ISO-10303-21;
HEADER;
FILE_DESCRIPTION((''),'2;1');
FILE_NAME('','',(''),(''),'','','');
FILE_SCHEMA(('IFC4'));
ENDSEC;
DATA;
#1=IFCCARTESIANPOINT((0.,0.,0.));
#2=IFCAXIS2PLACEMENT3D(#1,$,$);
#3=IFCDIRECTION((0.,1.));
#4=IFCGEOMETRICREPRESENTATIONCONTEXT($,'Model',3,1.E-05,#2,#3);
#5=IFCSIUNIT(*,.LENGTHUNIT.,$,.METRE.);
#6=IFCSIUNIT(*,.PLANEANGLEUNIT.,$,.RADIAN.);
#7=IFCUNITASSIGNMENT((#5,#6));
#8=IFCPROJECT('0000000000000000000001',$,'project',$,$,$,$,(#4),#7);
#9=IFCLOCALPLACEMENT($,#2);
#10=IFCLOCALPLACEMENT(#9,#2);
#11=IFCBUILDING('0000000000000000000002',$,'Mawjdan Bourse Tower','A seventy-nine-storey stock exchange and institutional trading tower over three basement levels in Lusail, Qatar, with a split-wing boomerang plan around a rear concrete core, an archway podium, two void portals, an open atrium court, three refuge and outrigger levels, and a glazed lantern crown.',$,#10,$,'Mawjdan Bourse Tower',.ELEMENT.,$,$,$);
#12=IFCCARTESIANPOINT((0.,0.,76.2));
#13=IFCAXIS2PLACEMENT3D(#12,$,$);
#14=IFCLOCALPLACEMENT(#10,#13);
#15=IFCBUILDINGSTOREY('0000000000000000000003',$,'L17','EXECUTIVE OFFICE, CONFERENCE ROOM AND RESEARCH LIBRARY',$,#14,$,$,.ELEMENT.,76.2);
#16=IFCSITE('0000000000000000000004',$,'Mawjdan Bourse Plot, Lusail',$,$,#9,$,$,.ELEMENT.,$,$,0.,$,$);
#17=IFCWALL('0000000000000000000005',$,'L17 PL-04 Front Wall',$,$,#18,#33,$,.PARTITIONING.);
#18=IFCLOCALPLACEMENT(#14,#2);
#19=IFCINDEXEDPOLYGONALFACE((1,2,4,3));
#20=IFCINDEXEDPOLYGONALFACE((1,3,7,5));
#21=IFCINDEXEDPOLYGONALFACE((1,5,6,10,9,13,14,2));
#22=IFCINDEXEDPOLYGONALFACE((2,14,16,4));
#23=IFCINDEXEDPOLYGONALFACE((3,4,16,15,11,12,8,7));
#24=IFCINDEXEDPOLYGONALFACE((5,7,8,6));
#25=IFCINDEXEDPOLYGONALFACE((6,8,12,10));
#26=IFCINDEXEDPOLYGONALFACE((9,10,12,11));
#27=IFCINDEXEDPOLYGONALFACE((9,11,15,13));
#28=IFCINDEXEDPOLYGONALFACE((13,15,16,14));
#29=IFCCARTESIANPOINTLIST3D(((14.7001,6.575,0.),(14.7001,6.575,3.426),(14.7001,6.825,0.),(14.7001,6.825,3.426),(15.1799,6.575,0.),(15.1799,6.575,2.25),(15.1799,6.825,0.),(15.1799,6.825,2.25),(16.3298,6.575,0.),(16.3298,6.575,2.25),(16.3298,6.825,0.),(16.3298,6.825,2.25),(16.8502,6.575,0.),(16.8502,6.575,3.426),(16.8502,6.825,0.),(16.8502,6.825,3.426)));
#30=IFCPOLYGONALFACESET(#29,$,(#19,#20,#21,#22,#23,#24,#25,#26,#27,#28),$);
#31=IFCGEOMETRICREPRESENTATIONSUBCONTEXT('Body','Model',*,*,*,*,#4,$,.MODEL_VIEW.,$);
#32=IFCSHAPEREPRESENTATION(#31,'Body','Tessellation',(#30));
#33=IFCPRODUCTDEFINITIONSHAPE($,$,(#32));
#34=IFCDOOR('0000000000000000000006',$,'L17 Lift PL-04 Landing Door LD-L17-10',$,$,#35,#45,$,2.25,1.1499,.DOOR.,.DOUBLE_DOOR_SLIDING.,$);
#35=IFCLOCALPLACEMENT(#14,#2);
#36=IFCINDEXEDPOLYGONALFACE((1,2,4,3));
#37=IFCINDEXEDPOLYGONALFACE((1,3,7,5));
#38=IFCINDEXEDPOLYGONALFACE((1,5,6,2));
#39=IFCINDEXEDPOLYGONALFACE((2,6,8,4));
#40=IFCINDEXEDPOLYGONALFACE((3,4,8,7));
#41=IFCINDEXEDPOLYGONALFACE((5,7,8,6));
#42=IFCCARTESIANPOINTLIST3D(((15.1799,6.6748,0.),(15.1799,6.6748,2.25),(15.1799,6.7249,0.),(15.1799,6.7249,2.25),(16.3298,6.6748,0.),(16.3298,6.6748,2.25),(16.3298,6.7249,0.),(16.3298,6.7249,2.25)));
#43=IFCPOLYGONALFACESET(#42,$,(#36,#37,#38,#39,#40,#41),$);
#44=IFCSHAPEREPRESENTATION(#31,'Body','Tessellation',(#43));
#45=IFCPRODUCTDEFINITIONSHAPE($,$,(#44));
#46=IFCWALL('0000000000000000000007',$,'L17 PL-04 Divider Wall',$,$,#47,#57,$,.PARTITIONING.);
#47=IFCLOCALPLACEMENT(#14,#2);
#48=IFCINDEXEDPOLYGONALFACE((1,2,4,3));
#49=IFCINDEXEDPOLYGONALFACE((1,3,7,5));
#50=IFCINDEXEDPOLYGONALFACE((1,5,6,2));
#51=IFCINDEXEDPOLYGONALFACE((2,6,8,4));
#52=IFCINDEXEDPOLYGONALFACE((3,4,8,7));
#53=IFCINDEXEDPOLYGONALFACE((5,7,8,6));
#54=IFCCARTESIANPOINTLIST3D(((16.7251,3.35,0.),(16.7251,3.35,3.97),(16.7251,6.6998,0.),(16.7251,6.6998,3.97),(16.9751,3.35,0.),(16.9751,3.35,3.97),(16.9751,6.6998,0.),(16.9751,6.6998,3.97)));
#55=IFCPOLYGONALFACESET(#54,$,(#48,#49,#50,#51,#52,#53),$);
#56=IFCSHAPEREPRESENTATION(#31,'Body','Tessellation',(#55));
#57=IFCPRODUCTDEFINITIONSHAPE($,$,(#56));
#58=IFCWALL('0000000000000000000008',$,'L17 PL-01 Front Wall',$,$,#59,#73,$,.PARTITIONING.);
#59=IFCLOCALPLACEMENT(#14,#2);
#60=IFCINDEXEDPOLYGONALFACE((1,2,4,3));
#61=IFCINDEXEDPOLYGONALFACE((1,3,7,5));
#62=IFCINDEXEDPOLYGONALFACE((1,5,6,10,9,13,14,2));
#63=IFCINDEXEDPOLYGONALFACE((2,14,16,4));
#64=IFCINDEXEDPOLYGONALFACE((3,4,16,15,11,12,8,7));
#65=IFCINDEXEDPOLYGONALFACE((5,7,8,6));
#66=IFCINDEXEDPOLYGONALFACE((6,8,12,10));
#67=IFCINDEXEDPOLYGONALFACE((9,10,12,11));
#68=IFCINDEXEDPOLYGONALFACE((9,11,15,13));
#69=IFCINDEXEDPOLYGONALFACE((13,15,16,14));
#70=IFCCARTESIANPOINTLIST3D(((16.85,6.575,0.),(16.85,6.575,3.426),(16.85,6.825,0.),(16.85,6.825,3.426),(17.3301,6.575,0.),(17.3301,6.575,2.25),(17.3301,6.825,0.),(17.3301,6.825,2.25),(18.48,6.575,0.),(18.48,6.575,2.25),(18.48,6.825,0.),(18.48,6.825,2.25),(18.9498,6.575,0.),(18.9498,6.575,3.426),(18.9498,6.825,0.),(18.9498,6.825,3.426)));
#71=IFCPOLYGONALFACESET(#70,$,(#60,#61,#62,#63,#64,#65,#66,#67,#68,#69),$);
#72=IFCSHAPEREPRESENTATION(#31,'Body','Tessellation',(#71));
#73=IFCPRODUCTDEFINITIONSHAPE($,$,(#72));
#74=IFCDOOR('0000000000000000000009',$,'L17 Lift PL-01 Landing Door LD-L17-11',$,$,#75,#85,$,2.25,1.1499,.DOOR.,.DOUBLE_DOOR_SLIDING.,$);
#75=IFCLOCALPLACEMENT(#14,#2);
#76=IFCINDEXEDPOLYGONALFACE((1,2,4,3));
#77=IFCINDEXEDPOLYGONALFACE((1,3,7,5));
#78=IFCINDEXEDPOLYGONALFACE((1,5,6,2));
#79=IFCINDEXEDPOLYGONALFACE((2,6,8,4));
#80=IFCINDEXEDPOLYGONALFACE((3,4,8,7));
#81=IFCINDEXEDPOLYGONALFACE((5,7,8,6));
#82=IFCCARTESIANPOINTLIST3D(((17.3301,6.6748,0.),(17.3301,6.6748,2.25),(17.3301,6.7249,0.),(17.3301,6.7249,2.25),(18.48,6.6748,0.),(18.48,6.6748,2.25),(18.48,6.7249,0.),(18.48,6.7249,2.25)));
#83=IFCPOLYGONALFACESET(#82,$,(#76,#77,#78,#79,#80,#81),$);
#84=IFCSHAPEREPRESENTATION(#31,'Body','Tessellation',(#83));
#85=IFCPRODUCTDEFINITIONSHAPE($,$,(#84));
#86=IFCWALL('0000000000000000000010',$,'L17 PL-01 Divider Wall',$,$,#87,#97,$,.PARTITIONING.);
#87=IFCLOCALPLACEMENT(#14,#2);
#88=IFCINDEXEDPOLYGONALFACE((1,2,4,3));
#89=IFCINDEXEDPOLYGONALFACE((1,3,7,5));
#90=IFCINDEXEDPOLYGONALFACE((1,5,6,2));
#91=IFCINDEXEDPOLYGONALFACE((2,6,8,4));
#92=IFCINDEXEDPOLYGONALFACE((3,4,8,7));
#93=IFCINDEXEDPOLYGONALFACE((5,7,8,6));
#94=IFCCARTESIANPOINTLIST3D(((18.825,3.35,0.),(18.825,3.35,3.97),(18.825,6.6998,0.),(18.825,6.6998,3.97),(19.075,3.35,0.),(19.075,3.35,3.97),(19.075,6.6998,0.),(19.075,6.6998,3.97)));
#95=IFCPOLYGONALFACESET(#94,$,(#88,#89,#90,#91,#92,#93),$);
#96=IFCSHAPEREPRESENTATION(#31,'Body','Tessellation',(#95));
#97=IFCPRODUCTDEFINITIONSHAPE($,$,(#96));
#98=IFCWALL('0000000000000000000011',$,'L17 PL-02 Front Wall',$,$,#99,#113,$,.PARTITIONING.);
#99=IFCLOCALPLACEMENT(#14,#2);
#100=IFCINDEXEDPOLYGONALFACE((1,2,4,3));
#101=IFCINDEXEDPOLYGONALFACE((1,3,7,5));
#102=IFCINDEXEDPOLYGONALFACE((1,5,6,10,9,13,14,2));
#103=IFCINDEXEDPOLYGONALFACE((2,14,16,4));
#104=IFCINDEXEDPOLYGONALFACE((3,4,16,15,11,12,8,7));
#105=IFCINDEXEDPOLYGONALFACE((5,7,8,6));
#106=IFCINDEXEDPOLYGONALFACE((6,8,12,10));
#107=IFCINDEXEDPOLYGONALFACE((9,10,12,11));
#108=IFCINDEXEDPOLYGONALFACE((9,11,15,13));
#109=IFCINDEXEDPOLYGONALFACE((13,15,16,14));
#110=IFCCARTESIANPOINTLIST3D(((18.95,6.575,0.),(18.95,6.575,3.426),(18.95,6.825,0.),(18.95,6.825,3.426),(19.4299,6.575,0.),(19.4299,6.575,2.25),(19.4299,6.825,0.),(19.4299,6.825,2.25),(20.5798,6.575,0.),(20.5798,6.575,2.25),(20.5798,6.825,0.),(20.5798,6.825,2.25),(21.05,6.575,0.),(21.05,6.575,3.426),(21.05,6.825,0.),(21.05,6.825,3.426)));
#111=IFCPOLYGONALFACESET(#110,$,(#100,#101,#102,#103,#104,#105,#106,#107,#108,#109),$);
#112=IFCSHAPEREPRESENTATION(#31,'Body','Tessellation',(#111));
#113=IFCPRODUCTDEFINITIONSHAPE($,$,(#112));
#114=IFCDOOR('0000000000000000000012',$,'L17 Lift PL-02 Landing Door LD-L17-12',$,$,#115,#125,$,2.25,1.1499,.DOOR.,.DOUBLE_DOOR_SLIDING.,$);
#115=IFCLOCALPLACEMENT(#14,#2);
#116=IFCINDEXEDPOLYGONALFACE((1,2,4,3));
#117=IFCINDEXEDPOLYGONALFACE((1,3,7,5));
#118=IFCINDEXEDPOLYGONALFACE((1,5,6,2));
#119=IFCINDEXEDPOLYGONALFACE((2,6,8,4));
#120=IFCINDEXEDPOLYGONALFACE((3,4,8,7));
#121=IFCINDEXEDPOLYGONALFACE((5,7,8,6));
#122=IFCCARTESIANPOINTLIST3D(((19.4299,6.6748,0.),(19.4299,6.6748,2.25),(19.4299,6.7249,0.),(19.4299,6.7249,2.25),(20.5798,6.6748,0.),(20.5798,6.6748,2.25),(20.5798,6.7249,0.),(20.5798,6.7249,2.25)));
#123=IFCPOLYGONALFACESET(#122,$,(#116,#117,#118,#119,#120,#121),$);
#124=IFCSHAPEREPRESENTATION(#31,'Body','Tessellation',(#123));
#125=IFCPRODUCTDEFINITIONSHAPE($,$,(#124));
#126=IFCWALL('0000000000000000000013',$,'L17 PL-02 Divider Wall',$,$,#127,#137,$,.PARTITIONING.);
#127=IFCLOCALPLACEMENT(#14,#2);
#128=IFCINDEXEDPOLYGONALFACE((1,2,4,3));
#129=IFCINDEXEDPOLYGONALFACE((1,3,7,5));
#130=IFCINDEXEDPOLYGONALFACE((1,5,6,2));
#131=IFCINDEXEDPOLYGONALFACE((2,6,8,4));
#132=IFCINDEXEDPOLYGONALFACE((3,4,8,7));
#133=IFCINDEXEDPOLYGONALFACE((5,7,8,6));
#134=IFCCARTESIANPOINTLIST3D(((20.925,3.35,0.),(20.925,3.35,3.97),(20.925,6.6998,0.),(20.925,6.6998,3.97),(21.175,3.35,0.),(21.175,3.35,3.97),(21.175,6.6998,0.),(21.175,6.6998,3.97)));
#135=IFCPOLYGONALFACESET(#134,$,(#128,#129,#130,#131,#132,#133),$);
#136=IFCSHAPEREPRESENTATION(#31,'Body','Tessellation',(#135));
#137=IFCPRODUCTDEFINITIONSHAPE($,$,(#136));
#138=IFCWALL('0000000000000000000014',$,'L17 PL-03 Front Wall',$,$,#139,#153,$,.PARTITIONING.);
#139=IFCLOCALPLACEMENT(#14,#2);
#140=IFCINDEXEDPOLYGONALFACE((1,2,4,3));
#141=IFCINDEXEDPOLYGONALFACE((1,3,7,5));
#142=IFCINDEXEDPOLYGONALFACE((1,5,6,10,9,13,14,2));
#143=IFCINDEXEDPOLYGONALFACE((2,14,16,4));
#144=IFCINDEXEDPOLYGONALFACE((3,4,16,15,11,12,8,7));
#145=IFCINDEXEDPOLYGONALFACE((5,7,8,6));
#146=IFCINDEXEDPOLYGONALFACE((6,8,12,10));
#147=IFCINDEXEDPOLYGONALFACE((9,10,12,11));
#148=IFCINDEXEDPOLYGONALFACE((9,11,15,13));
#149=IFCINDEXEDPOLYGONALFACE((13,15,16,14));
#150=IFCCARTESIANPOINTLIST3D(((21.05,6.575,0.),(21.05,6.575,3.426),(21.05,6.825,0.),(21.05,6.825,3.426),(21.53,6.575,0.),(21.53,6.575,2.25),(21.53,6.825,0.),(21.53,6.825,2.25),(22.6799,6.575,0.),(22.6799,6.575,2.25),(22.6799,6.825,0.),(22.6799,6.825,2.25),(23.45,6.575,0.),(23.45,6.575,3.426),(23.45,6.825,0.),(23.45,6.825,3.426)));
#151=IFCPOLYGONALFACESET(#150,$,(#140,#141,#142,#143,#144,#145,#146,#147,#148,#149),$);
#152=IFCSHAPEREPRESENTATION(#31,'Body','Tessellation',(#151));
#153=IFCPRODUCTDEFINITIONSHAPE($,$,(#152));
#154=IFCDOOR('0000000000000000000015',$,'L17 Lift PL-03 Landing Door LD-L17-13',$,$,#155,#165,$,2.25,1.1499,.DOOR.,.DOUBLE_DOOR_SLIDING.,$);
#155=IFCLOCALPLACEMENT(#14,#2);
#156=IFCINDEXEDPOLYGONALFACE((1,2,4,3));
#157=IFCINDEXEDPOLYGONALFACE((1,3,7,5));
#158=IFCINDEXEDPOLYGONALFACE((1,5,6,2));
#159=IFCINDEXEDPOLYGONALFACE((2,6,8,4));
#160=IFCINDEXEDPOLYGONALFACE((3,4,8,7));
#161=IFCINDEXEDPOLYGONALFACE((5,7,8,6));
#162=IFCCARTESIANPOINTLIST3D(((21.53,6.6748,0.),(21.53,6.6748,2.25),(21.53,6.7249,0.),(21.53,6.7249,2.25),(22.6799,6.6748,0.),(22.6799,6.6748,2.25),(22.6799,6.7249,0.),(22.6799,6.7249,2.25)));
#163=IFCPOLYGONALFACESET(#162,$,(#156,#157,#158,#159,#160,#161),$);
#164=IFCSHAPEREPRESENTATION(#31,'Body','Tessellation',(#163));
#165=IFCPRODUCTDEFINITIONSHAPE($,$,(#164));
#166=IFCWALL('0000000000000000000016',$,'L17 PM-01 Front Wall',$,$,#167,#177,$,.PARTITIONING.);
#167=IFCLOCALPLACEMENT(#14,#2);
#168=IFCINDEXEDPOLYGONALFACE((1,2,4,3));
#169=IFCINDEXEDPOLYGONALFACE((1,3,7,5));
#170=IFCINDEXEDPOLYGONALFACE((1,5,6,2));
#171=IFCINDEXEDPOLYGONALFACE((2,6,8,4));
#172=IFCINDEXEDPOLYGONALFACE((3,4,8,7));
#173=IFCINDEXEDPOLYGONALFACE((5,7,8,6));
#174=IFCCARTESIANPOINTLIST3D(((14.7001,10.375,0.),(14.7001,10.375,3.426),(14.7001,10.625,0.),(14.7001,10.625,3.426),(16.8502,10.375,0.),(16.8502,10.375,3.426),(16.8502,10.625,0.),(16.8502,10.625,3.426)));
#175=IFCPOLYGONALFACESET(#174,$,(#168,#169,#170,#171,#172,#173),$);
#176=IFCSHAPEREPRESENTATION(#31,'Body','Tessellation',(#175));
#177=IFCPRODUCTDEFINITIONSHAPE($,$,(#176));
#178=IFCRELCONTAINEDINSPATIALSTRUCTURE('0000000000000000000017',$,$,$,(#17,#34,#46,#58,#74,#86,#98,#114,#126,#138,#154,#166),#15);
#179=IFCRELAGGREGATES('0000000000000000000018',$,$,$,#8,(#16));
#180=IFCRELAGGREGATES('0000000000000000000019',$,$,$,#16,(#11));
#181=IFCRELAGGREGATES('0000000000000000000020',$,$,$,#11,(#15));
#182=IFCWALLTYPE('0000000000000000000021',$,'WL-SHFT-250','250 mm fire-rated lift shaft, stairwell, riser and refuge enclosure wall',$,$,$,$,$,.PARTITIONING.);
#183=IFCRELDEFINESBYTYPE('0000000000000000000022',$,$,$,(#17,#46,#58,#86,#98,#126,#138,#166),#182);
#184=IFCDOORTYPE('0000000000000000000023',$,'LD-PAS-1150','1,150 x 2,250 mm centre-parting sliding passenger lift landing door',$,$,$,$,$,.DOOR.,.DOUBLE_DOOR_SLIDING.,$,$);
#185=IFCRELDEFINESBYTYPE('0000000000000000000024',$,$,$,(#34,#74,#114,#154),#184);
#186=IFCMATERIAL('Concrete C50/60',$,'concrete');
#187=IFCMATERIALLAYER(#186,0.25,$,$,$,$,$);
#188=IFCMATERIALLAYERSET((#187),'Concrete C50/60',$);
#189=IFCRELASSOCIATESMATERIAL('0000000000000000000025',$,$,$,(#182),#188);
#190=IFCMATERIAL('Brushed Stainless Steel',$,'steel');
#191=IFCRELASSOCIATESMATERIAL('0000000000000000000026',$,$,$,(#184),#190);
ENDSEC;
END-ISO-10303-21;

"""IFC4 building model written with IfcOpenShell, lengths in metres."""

from ifc_helpers import new_model, si_unit, direction, frame, frame_2d, origin, place, context, subcontext, project, spatial, rectangle, extrude, material, layer, layer_set, type_object, element, fill, save


model = new_model("IFC4")

# Units and contexts
model_context = context("Model", 3, precision=1e-05, world=origin(), true_north=direction((0.0, 1.0)))
body_context = subcontext(model_context, "Body", "Model", "MODEL_VIEW")
ifc_project = project(units=[si_unit("LENGTHUNIT", "METRE"), si_unit("PLANEANGLEUNIT", "RADIAN")], contexts=[model_context])

# Site, building, storey
site_placement = place(None, origin())
site = spatial("IfcSite", under=ifc_project, at=site_placement, Name="Mawjdan Bourse Plot, Lusail", CompositionType="ELEMENT", RefElevation=0.0)
building_placement = place(site_placement, origin())
building = spatial("IfcBuilding", under=site, at=building_placement, Name="Mawjdan Bourse Tower", Description="A seventy-nine-storey stock exchange and institutional trading tower over three basement levels in Lusail, Qatar, with a split-wing boomerang plan around a rear concrete core, an archway podium, two void portals, an open atrium court, three refuge and outrigger levels, and a glazed lantern crown.", LongName="Mawjdan Bourse Tower", CompositionType="ELEMENT")
storey_placement = place(building_placement, frame((0.0, 0.0, 76.2)))
storey = spatial("IfcBuildingStorey", under=building, at=storey_placement, Name="L17", Description="EXECUTIVE OFFICE, CONFERENCE ROOM AND RESEARCH LIBRARY", CompositionType="ELEMENT", Elevation=76.2)

# Shared definitions
ifc_material_1 = material(Name="Concrete C50/60", Category="concrete")
ifc_layer_1 = layer(ifc_material_1, 0.25)
ifc_layer_set_1 = layer_set([ifc_layer_1], Name="Concrete C50/60")
wall_type_1 = type_object("IfcWallType", Name="WL-SHFT-250", Description="250 mm fire-rated lift shaft, stairwell, riser and refuge enclosure wall", PredefinedType="PARTITIONING", material=ifc_layer_set_1)

# Shared definitions
ifc_material_2 = material(Name="Brushed Stainless Steel", Category="steel")

# Wall, opening, door
wall_1_placement = place(storey_placement, frame((14.7, 6.7, 0.0), z_axis=(0.0, 0.0, 1.0), x_axis=(1.0, 0.0, 0.0)))
wall_1 = element("IfcWall", 1, at=wall_1_placement, inside=storey, type_object=wall_type_1, Name="L17 PL-04 Front Wall", PredefinedType="PARTITIONING", context=body_context, shape_type="SweptSolid", body=[
    extrude(rectangle(XDim=2.1501, YDim=0.25, at=frame_2d((1.0752, 0.0))), origin(), (0.0, 0.0, 1.0), 3.426),
])
opening_1_placement = place(wall_1_placement, frame((0.48, 0.0, 0.0)))
opening_1 = element("IfcOpeningElement", 2, at=opening_1_placement, cuts=wall_1, PredefinedType="OPENING", context=body_context, shape_type="SweptSolid", body=[
    extrude(rectangle(XDim=1.1499, YDim=2.25, at=frame_2d((0.575, 1.125))), frame((0.0, 0.135, 0.0), z_axis=(0.0, -1.0, 0.0), x_axis=(1.0, 0.0, 0.0)), (0.0, 0.0, 1.0), 0.27),
])
door_type_1 = type_object("IfcDoorType", Name="LD-PAS-1150", Description="1,150 x 2,250 mm centre-parting sliding passenger lift landing door", OperationType="DOUBLE_DOOR_SLIDING", PredefinedType="DOOR", material=ifc_material_2)
door_1_placement = place(opening_1_placement, origin())
door_1 = element("IfcDoor", 3, at=door_1_placement, inside=storey, type_object=door_type_1, Name="L17 Lift PL-04 Landing Door LD-L17-10", OperationType="DOUBLE_DOOR_SLIDING", OverallHeight=2.25, OverallWidth=1.1499, PredefinedType="DOOR", context=body_context, shape_type="SweptSolid", body=[
    extrude(rectangle(XDim=1.1499, YDim=2.25, at=frame_2d((0.575, 1.125))), frame((0.0, 0.0249, 0.0), z_axis=(0.0, -1.0, 0.0), x_axis=(1.0, 0.0, 0.0)), (0.0, 0.0, 1.0), 0.05),
])
fill(opening_1, door_1)

# Wall
wall_2_placement = place(storey_placement, frame((16.8501, 3.3501, 0.0), z_axis=(0.0, 0.0, 1.0), x_axis=(0.0, 1.0, 0.0)))
element("IfcWall", 4, at=wall_2_placement, inside=storey, type_object=wall_type_1, Name="L17 PL-04 Divider Wall", PredefinedType="PARTITIONING", context=body_context, shape_type="SweptSolid", body=[
    extrude(rectangle(XDim=3.3499, YDim=0.25, at=frame_2d((1.6748, 0.0))), origin(), (0.0, 0.0, 1.0), 3.97),
])

# Wall, opening, door
wall_3_placement = place(storey_placement, frame((16.8501, 6.7, 0.0), z_axis=(0.0, 0.0, 1.0), x_axis=(1.0, 0.0, 0.0)))
wall_3 = element("IfcWall", 5, at=wall_3_placement, inside=storey, type_object=wall_type_1, Name="L17 PL-01 Front Wall", PredefinedType="PARTITIONING", context=body_context, shape_type="SweptSolid", body=[
    extrude(rectangle(XDim=2.0999, YDim=0.25, at=frame_2d((1.0498, 0.0))), origin(), (0.0, 0.0, 1.0), 3.426),
])
opening_2_placement = place(wall_3_placement, frame((0.48, 0.0, 0.0)))
opening_2 = element("IfcOpeningElement", 6, at=opening_2_placement, cuts=wall_3, PredefinedType="OPENING", context=body_context, shape_type="SweptSolid", body=[
    extrude(rectangle(XDim=1.1499, YDim=2.25, at=frame_2d((0.575, 1.125))), frame((0.0, 0.135, 0.0), z_axis=(0.0, -1.0, 0.0), x_axis=(1.0, 0.0, 0.0)), (0.0, 0.0, 1.0), 0.27),
])
door_2_placement = place(opening_2_placement, origin())
door_2 = element("IfcDoor", 7, at=door_2_placement, inside=storey, type_object=door_type_1, Name="L17 Lift PL-01 Landing Door LD-L17-11", OperationType="DOUBLE_DOOR_SLIDING", OverallHeight=2.25, OverallWidth=1.1499, PredefinedType="DOOR", context=body_context, shape_type="SweptSolid", body=[
    extrude(rectangle(XDim=1.1499, YDim=2.25, at=frame_2d((0.575, 1.125))), frame((0.0, 0.0249, 0.0), z_axis=(0.0, -1.0, 0.0), x_axis=(1.0, 0.0, 0.0)), (0.0, 0.0, 1.0), 0.05),
])
fill(opening_2, door_2)

# Wall
wall_4_placement = place(storey_placement, frame((18.95, 3.3501, 0.0), z_axis=(0.0, 0.0, 1.0), x_axis=(0.0, 1.0, 0.0)))
element("IfcWall", 8, at=wall_4_placement, inside=storey, type_object=wall_type_1, Name="L17 PL-01 Divider Wall", PredefinedType="PARTITIONING", context=body_context, shape_type="SweptSolid", body=[
    extrude(rectangle(XDim=3.3499, YDim=0.25, at=frame_2d((1.6748, 0.0))), origin(), (0.0, 0.0, 1.0), 3.97),
])

# Wall, opening, door
wall_5_placement = place(storey_placement, frame((18.95, 6.7, 0.0), z_axis=(0.0, 0.0, 1.0), x_axis=(1.0, 0.0, 0.0)))
wall_5 = element("IfcWall", 9, at=wall_5_placement, inside=storey, type_object=wall_type_1, Name="L17 PL-02 Front Wall", PredefinedType="PARTITIONING", context=body_context, shape_type="SweptSolid", body=[
    extrude(rectangle(XDim=2.1001, YDim=0.25, at=frame_2d((1.05, 0.0))), origin(), (0.0, 0.0, 1.0), 3.426),
])
opening_3_placement = place(wall_5_placement, frame((0.48, 0.0, 0.0)))
opening_3 = element("IfcOpeningElement", 10, at=opening_3_placement, cuts=wall_5, PredefinedType="OPENING", context=body_context, shape_type="SweptSolid", body=[
    extrude(rectangle(XDim=1.1499, YDim=2.25, at=frame_2d((0.575, 1.125))), frame((0.0, 0.135, 0.0), z_axis=(0.0, -1.0, 0.0), x_axis=(1.0, 0.0, 0.0)), (0.0, 0.0, 1.0), 0.27),
])
door_3_placement = place(opening_3_placement, origin())
door_3 = element("IfcDoor", 11, at=door_3_placement, inside=storey, type_object=door_type_1, Name="L17 Lift PL-02 Landing Door LD-L17-12", OperationType="DOUBLE_DOOR_SLIDING", OverallHeight=2.25, OverallWidth=1.1499, PredefinedType="DOOR", context=body_context, shape_type="SweptSolid", body=[
    extrude(rectangle(XDim=1.1499, YDim=2.25, at=frame_2d((0.575, 1.125))), frame((0.0, 0.0249, 0.0), z_axis=(0.0, -1.0, 0.0), x_axis=(1.0, 0.0, 0.0)), (0.0, 0.0, 1.0), 0.05),
])
fill(opening_3, door_3)

# Wall
wall_6_placement = place(storey_placement, frame((21.05, 3.3501, 0.0), z_axis=(0.0, 0.0, 1.0), x_axis=(0.0, 1.0, 0.0)))
element("IfcWall", 12, at=wall_6_placement, inside=storey, type_object=wall_type_1, Name="L17 PL-02 Divider Wall", PredefinedType="PARTITIONING", context=body_context, shape_type="SweptSolid", body=[
    extrude(rectangle(XDim=3.3499, YDim=0.25, at=frame_2d((1.6748, 0.0))), origin(), (0.0, 0.0, 1.0), 3.97),
])

# Wall, opening, door
wall_7_placement = place(storey_placement, frame((21.05, 6.7, 0.0), z_axis=(0.0, 0.0, 1.0), x_axis=(1.0, 0.0, 0.0)))
wall_7 = element("IfcWall", 13, at=wall_7_placement, inside=storey, type_object=wall_type_1, Name="L17 PL-03 Front Wall", PredefinedType="PARTITIONING", context=body_context, shape_type="SweptSolid", body=[
    extrude(rectangle(XDim=2.3999, YDim=0.25, at=frame_2d((1.2, 0.0))), origin(), (0.0, 0.0, 1.0), 3.426),
])
opening_4_placement = place(wall_7_placement, frame((0.48, 0.0, 0.0)))
opening_4 = element("IfcOpeningElement", 14, at=opening_4_placement, cuts=wall_7, PredefinedType="OPENING", context=body_context, shape_type="SweptSolid", body=[
    extrude(rectangle(XDim=1.1499, YDim=2.25, at=frame_2d((0.575, 1.125))), frame((0.0, 0.135, 0.0), z_axis=(0.0, -1.0, 0.0), x_axis=(1.0, 0.0, 0.0)), (0.0, 0.0, 1.0), 0.27),
])
door_4_placement = place(opening_4_placement, origin())
door_4 = element("IfcDoor", 15, at=door_4_placement, inside=storey, type_object=door_type_1, Name="L17 Lift PL-03 Landing Door LD-L17-13", OperationType="DOUBLE_DOOR_SLIDING", OverallHeight=2.25, OverallWidth=1.1499, PredefinedType="DOOR", context=body_context, shape_type="SweptSolid", body=[
    extrude(rectangle(XDim=1.1499, YDim=2.25, at=frame_2d((0.575, 1.125))), frame((0.0, 0.0249, 0.0), z_axis=(0.0, -1.0, 0.0), x_axis=(1.0, 0.0, 0.0)), (0.0, 0.0, 1.0), 0.05),
])
fill(opening_4, door_4)

# Wall
wall_8_placement = place(storey_placement, frame((14.7, 10.5, 0.0), z_axis=(0.0, 0.0, 1.0), x_axis=(1.0, 0.0, 0.0)))
element("IfcWall", 16, at=wall_8_placement, inside=storey, type_object=wall_type_1, Name="L17 PM-01 Front Wall", PredefinedType="PARTITIONING", context=body_context, shape_type="SweptSolid", body=[
    extrude(rectangle(XDim=2.1501, YDim=0.25, at=frame_2d((1.0752, 0.0))), origin(), (0.0, 0.0, 1.0), 3.426),
])

save(model, "model.ifc")
